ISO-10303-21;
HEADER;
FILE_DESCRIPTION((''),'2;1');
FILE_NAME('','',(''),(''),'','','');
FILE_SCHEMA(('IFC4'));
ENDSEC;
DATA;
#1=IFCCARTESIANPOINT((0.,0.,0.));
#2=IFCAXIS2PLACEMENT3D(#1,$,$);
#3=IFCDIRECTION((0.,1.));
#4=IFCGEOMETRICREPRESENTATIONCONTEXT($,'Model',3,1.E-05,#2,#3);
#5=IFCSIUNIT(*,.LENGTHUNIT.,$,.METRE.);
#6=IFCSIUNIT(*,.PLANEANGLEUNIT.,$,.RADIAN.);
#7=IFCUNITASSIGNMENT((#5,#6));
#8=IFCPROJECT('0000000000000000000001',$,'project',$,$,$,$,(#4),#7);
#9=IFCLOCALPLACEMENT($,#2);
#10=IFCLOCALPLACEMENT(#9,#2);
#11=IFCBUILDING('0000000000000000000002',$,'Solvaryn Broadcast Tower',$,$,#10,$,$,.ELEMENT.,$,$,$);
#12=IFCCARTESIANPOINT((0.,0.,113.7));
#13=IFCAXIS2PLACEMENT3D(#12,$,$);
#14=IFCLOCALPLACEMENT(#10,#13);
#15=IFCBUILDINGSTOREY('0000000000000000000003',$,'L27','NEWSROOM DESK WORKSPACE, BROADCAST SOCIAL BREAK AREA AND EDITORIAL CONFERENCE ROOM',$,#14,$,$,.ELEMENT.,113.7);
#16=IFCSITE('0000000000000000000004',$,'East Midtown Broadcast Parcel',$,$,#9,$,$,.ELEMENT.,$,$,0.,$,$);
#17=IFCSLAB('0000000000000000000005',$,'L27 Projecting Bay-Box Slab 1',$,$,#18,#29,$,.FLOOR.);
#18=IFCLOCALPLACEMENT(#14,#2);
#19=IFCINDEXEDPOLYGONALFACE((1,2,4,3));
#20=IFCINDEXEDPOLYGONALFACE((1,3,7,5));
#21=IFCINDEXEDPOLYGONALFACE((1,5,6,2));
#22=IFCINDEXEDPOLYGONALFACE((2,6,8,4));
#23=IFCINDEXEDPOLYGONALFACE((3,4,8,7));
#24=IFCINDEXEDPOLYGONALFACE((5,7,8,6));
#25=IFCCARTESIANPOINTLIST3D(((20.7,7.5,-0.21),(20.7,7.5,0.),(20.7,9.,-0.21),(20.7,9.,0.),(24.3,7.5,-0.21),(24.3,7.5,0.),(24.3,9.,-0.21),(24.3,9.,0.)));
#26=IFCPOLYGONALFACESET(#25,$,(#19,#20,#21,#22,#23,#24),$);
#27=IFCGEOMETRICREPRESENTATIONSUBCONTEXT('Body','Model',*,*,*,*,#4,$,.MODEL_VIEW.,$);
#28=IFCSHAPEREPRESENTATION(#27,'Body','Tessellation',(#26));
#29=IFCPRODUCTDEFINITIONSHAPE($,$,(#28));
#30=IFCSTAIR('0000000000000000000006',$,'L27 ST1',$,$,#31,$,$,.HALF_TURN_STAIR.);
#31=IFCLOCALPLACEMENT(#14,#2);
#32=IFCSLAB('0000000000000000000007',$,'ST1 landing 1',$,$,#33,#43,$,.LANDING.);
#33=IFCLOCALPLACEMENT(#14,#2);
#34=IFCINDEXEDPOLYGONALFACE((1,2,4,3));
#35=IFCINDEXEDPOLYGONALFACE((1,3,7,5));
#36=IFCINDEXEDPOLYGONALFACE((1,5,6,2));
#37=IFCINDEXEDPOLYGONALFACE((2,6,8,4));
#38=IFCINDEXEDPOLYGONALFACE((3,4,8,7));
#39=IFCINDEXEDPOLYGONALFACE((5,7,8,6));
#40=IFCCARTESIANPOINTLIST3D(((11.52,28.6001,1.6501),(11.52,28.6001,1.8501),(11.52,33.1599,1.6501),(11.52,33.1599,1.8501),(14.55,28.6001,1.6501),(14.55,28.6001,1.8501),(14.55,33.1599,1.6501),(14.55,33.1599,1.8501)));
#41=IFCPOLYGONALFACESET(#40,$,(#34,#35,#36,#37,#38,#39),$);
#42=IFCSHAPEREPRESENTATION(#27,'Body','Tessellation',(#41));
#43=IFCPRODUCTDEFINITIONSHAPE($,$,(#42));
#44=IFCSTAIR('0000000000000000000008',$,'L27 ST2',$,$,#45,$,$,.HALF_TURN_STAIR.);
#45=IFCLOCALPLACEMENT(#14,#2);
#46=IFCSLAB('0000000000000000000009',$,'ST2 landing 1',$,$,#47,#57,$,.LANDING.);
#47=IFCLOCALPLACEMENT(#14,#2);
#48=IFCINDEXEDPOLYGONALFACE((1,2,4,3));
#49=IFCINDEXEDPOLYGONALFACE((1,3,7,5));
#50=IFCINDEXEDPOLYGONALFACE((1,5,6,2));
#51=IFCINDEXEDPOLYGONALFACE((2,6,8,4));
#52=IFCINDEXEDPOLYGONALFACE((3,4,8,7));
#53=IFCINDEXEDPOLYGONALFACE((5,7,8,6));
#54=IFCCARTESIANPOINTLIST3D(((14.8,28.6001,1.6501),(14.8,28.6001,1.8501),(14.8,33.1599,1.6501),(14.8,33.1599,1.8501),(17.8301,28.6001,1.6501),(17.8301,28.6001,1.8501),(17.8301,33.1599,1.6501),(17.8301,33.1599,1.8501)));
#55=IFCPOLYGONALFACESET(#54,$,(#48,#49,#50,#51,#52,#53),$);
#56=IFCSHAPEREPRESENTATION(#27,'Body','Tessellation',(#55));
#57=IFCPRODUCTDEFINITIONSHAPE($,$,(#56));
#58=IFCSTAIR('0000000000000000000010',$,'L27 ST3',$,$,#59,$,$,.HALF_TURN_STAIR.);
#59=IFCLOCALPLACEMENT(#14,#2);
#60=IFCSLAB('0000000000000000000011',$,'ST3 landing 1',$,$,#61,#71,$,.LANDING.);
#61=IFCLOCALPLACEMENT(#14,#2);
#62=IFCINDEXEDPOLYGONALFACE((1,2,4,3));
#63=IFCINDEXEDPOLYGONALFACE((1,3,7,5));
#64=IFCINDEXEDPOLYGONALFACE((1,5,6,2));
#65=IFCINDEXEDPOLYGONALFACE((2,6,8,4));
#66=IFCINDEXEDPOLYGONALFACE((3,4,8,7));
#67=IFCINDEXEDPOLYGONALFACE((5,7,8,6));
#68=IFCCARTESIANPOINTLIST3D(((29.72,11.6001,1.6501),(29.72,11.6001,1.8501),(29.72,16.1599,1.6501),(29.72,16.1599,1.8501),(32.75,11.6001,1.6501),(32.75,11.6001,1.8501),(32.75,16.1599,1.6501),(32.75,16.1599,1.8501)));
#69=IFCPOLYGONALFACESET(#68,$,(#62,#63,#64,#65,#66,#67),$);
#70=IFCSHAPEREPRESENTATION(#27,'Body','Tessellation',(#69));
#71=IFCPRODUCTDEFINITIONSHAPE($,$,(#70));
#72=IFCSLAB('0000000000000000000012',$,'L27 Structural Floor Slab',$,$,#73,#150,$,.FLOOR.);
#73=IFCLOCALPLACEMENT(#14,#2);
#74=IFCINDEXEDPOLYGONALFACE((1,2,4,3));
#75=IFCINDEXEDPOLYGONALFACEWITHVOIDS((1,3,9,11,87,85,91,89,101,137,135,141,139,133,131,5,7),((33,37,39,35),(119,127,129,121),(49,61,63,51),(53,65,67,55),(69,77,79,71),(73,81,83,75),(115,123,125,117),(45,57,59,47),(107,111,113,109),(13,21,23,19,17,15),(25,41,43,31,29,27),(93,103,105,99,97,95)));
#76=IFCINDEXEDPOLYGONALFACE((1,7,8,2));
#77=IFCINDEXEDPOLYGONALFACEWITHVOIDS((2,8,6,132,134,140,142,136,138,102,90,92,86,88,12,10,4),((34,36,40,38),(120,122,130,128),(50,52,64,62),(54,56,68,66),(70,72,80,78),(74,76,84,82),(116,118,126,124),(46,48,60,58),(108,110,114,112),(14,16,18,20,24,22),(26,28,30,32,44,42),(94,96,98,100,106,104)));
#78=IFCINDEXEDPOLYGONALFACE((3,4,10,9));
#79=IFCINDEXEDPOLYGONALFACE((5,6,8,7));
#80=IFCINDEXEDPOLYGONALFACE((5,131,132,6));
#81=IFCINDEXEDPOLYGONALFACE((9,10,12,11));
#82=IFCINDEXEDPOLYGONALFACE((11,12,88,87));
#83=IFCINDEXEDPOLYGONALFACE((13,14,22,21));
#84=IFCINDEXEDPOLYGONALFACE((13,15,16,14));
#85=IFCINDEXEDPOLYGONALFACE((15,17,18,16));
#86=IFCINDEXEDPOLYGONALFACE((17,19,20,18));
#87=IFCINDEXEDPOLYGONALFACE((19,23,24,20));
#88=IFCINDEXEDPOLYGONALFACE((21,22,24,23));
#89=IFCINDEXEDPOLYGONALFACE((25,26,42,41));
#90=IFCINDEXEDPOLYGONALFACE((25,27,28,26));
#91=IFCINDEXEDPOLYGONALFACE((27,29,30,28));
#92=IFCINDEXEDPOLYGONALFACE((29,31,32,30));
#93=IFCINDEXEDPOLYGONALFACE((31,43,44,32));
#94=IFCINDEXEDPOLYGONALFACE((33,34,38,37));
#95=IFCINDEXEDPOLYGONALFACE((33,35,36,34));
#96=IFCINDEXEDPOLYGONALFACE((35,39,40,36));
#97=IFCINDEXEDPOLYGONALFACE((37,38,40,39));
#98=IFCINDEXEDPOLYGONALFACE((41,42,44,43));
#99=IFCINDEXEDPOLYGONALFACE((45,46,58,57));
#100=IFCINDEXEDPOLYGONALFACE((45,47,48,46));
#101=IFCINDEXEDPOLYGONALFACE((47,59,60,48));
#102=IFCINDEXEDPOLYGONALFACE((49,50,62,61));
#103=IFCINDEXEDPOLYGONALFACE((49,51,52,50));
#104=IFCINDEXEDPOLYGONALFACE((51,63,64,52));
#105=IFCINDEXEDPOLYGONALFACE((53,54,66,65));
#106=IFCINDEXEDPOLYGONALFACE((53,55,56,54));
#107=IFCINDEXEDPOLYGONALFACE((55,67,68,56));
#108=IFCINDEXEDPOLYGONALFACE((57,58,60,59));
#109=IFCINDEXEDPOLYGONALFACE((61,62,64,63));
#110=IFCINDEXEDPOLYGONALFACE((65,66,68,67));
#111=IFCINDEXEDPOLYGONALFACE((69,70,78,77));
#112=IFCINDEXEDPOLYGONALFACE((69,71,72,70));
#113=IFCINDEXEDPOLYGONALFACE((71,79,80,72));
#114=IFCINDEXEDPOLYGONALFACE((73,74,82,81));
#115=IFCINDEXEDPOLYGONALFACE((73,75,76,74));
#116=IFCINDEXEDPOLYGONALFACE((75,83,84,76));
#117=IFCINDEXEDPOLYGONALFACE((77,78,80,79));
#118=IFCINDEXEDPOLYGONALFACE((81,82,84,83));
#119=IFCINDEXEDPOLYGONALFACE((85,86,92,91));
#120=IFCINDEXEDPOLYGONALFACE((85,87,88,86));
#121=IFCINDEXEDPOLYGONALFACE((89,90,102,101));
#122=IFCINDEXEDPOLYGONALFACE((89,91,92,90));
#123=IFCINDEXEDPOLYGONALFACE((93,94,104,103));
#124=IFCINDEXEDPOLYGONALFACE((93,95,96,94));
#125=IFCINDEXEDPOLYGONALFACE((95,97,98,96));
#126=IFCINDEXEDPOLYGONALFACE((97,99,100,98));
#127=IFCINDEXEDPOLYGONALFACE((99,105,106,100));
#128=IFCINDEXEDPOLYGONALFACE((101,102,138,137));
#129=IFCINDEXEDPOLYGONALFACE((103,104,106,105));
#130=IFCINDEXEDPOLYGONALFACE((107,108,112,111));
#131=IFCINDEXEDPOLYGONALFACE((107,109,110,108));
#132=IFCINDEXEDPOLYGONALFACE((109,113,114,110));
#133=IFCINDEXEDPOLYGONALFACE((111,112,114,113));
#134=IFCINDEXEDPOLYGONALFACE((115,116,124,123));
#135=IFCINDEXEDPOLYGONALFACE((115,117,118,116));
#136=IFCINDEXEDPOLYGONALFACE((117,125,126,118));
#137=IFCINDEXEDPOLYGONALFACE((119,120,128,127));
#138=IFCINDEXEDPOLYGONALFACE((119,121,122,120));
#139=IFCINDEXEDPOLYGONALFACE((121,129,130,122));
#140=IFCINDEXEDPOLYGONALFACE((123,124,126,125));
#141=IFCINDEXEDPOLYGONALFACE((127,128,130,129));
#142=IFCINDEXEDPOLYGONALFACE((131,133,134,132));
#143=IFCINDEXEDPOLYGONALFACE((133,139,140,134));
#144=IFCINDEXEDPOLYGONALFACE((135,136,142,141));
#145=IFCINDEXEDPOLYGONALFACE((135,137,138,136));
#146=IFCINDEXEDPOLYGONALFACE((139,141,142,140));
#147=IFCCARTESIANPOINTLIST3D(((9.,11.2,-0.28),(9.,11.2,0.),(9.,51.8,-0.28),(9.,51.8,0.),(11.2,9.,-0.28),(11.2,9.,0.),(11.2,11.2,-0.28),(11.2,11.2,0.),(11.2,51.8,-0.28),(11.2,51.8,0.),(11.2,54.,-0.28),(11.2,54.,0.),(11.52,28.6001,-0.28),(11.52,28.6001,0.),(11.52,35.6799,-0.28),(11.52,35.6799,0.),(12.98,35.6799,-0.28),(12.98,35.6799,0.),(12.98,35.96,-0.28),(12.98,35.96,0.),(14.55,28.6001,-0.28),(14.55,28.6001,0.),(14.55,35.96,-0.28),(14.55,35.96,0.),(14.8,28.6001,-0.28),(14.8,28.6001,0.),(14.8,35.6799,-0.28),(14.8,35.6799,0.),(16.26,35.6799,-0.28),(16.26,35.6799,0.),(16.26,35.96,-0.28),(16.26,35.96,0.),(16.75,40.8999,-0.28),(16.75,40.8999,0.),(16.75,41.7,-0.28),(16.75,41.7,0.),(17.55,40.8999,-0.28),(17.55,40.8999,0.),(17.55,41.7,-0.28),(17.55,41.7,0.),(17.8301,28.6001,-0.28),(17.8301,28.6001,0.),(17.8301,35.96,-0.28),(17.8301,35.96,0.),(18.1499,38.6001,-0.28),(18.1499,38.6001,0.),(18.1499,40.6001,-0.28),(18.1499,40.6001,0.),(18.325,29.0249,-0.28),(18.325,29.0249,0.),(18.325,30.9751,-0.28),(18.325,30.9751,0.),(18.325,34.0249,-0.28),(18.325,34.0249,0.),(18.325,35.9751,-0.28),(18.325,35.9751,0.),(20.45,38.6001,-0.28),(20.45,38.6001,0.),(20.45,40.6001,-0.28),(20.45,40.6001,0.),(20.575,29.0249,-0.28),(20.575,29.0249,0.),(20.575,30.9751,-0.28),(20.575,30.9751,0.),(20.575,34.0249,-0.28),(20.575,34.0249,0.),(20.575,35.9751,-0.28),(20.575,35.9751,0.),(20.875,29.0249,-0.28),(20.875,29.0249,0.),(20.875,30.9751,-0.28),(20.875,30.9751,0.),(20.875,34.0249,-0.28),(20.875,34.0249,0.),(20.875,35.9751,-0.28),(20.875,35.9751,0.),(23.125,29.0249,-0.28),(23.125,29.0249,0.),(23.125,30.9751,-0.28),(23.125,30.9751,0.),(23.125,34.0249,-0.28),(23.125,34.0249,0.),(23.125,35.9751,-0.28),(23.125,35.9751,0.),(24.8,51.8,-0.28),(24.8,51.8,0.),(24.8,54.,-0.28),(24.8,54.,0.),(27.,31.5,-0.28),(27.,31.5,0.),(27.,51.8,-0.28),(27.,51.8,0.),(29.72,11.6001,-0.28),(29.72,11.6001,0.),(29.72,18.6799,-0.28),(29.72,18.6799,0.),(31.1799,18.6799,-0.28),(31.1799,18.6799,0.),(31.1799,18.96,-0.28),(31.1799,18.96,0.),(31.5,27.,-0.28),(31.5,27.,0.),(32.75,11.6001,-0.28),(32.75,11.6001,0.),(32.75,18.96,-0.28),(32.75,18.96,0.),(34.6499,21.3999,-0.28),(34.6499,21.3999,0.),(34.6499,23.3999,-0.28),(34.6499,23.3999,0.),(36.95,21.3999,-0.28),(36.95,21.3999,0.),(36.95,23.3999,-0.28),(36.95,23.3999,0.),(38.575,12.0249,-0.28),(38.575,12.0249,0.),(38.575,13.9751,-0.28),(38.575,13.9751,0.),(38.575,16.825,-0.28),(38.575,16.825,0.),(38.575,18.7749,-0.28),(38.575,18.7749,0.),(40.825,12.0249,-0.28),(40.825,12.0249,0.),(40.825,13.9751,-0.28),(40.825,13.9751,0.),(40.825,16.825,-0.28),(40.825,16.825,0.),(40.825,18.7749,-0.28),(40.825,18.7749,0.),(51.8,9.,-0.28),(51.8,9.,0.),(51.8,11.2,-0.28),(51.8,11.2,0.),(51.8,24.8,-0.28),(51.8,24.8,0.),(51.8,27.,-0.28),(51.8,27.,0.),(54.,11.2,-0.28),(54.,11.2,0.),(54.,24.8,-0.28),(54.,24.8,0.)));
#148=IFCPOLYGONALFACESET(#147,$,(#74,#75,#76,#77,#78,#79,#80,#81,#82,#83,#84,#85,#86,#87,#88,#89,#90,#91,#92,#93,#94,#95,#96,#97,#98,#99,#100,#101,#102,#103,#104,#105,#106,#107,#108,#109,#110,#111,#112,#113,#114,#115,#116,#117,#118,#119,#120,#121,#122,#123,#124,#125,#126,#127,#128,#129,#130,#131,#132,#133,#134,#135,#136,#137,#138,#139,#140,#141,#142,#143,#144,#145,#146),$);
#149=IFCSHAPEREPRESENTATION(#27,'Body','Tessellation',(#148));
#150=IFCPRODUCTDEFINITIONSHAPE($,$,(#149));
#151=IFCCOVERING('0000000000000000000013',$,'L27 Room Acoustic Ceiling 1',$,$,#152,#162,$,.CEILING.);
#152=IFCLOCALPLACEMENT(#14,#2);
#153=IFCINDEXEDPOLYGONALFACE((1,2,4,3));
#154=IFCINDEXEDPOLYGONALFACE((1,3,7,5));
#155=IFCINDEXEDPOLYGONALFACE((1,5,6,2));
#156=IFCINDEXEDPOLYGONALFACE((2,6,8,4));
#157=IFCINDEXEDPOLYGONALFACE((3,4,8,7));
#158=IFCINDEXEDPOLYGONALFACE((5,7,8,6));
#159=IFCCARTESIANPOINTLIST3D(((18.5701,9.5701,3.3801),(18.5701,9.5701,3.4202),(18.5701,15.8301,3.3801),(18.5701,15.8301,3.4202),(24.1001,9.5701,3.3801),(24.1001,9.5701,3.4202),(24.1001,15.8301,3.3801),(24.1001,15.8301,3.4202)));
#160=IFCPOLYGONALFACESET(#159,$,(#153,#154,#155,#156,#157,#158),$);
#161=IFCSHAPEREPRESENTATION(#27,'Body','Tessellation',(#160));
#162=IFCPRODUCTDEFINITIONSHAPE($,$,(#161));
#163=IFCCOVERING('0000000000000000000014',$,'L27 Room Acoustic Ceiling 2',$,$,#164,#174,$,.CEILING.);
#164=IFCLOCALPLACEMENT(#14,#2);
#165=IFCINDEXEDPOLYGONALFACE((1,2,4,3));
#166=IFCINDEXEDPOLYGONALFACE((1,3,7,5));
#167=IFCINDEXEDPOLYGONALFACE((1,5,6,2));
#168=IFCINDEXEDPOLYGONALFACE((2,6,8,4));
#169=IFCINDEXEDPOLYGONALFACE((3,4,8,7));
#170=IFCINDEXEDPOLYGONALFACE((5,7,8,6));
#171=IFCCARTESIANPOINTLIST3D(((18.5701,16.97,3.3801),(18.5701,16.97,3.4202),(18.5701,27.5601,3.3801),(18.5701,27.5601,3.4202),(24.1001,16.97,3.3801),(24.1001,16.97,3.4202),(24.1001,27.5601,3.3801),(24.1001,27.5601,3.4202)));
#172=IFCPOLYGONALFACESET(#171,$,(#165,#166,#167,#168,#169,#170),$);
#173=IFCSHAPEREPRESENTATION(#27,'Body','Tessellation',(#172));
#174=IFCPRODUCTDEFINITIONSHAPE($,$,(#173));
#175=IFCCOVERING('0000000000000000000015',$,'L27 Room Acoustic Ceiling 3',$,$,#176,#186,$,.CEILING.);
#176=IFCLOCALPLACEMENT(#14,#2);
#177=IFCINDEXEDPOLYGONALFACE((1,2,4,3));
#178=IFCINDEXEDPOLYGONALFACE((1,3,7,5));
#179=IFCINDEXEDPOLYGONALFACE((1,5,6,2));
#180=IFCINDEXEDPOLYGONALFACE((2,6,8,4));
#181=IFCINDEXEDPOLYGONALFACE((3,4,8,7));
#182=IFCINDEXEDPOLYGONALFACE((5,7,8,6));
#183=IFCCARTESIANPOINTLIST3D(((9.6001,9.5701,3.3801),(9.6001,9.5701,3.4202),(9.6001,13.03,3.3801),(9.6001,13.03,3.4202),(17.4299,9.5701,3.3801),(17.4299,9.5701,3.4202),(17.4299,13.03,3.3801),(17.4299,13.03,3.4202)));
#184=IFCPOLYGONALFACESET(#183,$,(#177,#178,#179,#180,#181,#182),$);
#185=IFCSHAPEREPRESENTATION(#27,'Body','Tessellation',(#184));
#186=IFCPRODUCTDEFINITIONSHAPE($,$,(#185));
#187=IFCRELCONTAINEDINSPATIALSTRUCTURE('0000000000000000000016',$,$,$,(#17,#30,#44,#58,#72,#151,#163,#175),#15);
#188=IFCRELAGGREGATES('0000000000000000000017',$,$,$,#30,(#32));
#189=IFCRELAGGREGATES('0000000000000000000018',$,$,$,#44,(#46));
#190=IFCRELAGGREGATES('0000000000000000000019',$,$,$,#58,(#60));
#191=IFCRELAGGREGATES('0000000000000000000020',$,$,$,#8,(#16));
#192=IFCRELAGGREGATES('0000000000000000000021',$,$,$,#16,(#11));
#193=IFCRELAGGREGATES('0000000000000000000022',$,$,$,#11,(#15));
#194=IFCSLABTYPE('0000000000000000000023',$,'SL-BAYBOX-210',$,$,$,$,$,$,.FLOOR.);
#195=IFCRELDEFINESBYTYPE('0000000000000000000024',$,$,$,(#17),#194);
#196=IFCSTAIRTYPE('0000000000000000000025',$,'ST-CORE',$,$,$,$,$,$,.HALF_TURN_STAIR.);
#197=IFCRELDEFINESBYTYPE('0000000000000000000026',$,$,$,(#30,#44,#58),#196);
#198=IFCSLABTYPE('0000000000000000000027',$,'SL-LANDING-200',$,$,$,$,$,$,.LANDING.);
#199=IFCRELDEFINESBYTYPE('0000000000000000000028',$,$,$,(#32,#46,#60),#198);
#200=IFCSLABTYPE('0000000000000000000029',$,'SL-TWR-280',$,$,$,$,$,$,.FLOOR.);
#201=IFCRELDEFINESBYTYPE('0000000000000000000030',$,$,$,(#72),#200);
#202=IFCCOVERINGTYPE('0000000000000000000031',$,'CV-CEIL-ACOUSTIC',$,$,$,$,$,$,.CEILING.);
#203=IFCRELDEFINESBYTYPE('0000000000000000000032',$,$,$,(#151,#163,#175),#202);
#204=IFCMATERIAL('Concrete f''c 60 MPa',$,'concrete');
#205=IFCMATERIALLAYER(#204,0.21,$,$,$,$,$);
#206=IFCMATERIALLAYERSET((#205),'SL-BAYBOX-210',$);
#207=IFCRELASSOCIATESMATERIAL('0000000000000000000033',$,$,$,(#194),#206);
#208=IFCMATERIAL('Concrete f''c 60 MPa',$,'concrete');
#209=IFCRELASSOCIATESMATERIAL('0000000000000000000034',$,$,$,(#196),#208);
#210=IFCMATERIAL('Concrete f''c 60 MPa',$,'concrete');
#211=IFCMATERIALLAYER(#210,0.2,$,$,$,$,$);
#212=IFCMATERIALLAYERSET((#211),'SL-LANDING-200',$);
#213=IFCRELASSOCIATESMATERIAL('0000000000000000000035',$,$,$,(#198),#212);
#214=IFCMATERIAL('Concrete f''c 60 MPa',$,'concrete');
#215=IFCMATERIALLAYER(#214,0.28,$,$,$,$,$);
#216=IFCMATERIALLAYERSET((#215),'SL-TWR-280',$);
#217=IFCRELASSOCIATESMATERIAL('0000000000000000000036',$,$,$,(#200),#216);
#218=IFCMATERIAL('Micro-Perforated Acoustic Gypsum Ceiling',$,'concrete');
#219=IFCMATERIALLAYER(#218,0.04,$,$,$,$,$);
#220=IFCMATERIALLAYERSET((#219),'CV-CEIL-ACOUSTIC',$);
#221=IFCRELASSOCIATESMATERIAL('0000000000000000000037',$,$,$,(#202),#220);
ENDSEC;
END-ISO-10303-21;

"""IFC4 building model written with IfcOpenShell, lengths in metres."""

from ifc_helpers import new_model, si_unit, direction, frame, origin, place, context, subcontext, project, spatial, polyline, outline, extrude, material, layer, layer_set, type_object, element, aggregate, save


model = new_model("IFC4")

# Units and contexts
model_context = context("Model", 3, precision=1e-05, world=origin(), true_north=direction((0.0, 1.0)))
body_context = subcontext(model_context, "Body", "Model", "MODEL_VIEW")
ifc_project = project(units=[si_unit("LENGTHUNIT", "METRE"), si_unit("PLANEANGLEUNIT", "RADIAN")], contexts=[model_context])

# Site, building, storey
site_placement = place(None, origin())
site = spatial("IfcSite", under=ifc_project, at=site_placement, Name="East Midtown Broadcast Parcel", CompositionType="ELEMENT", RefElevation=0.0)
building_placement = place(site_placement, origin())
building = spatial("IfcBuilding", under=site, at=building_placement, Name="Solvaryn Broadcast Tower", CompositionType="ELEMENT")
storey_placement = place(building_placement, frame((0.0, 0.0, 113.7)))
storey = spatial("IfcBuildingStorey", under=building, at=storey_placement, Name="L27", Description="NEWSROOM DESK WORKSPACE, BROADCAST SOCIAL BREAK AREA AND EDITORIAL CONFERENCE ROOM", CompositionType="ELEMENT", Elevation=113.7)

# Slab
ifc_material_1 = material(Name="Concrete f'c 60 MPa", Category="concrete")
ifc_layer_1 = layer(ifc_material_1, 0.21)
ifc_layer_set_1 = layer_set([ifc_layer_1], Name="SL-BAYBOX-210")
slab_type_1 = type_object("IfcSlabType", Name="SL-BAYBOX-210", PredefinedType="FLOOR", material=ifc_layer_set_1)
slab_1_placement = place(storey_placement, frame((0.0, 0.0, -0.21)))
element("IfcSlab", 1, at=slab_1_placement, inside=storey, type_object=slab_type_1, Name="L27 Projecting Bay-Box Slab 1", PredefinedType="FLOOR", context=body_context, shape_type="SweptSolid", body=[
    extrude(outline(polyline([(20.7, 7.5), (24.3, 7.5), (24.3, 9.0), (20.7, 9.0), (20.7, 7.5)])), origin(), (0.0, 0.0, 1.0), 0.21),
])

# Stairs, slabs
ifc_material_2 = material(Name="Concrete f'c 60 MPa", Category="concrete")
stair_type = type_object("IfcStairType", Name="ST-CORE", PredefinedType="HALF_TURN_STAIR", material=ifc_material_2)
stair_1_placement = place(storey_placement, origin())
stair_1 = element("IfcStair", 2, at=stair_1_placement, inside=storey, type_object=stair_type, Name="L27 ST1", PredefinedType="HALF_TURN_STAIR")
ifc_material_3 = material(Name="Concrete f'c 60 MPa", Category="concrete")
ifc_layer_2 = layer(ifc_material_3, 0.2)
ifc_layer_set_2 = layer_set([ifc_layer_2], Name="SL-LANDING-200")
slab_type_2 = type_object("IfcSlabType", Name="SL-LANDING-200", PredefinedType="LANDING", material=ifc_layer_set_2)
slab_2_placement = place(storey_placement, frame((0.0, 0.0, 1.6501)))
slab_2 = element("IfcSlab", 3, at=slab_2_placement, type_object=slab_type_2, Name="ST1 landing 1", PredefinedType="LANDING", context=body_context, shape_type="SweptSolid", body=[
    extrude(outline(polyline([(11.52, 33.1599), (11.52, 28.6001), (14.55, 28.6001), (14.55, 33.1599), (11.52, 33.1599)])), origin(), (0.0, 0.0, 1.0), 0.2),
])
aggregate(stair_1, [slab_2])
stair_2_placement = place(storey_placement, origin())
stair_2 = element("IfcStair", 4, at=stair_2_placement, inside=storey, type_object=stair_type, Name="L27 ST2", PredefinedType="HALF_TURN_STAIR")
slab_3_placement = place(storey_placement, frame((0.0, 0.0, 1.6501)))
slab_3 = element("IfcSlab", 5, at=slab_3_placement, type_object=slab_type_2, Name="ST2 landing 1", PredefinedType="LANDING", context=body_context, shape_type="SweptSolid", body=[
    extrude(outline(polyline([(14.8, 33.1599), (14.8, 28.6001), (17.8301, 28.6001), (17.8301, 33.1599), (14.8, 33.1599)])), origin(), (0.0, 0.0, 1.0), 0.2),
])
aggregate(stair_2, [slab_3])
stair_3_placement = place(storey_placement, origin())
stair_3 = element("IfcStair", 6, at=stair_3_placement, inside=storey, type_object=stair_type, Name="L27 ST3", PredefinedType="HALF_TURN_STAIR")
slab_4_placement = place(storey_placement, frame((0.0, 0.0, 1.6501)))
slab_4 = element("IfcSlab", 7, at=slab_4_placement, type_object=slab_type_2, Name="ST3 landing 1", PredefinedType="LANDING", context=body_context, shape_type="SweptSolid", body=[
    extrude(outline(polyline([(29.72, 16.1599), (29.72, 11.6001), (32.75, 11.6001), (32.75, 16.1599), (29.72, 16.1599)])), origin(), (0.0, 0.0, 1.0), 0.2),
])
aggregate(stair_3, [slab_4])

# Slab
ifc_material_4 = material(Name="Concrete f'c 60 MPa", Category="concrete")
ifc_layer_3 = layer(ifc_material_4, 0.28)
ifc_layer_set_3 = layer_set([ifc_layer_3], Name="SL-TWR-280")
slab_type_3 = type_object("IfcSlabType", Name="SL-TWR-280", PredefinedType="FLOOR", material=ifc_layer_set_3)
slab_5_placement = place(storey_placement, frame((0.0, 0.0, -0.28)))
element("IfcSlab", 8, at=slab_5_placement, inside=storey, type_object=slab_type_3, Name="L27 Structural Floor Slab", PredefinedType="FLOOR", context=body_context, shape_type="SweptSolid", body=[
    extrude(outline(polyline([(11.2, 9.0), (51.8, 9.0), (51.8, 11.2), (54.0, 11.2), (54.0, 24.8), (51.8, 24.8), (51.8, 27.0), (31.5, 27.0), (27.0, 31.5), (27.0, 51.8), (24.8, 51.8), (24.8, 54.0), (11.2, 54.0), (11.2, 51.8), (9.0, 51.8), (9.0, 11.2), (11.2, 11.2), (11.2, 9.0)]), holes=[polyline([(11.52, 28.6001), (14.55, 28.6001), (14.55, 35.96), (12.98, 35.96), (12.98, 35.6799), (11.52, 35.6799), (11.52, 28.6001)]), polyline([(14.8, 28.6001), (17.8301, 28.6001), (17.8301, 35.96), (16.26, 35.96), (16.26, 35.6799), (14.8, 35.6799), (14.8, 28.6001)]), polyline([(29.72, 11.6001), (32.75, 11.6001), (32.75, 18.96), (31.1799, 18.96), (31.1799, 18.6799), (29.72, 18.6799), (29.72, 11.6001)]), polyline([(18.1499, 38.6001), (20.45, 38.6001), (20.45, 40.6001), (18.1499, 40.6001), (18.1499, 38.6001)]), polyline([(18.325, 29.0249), (20.575, 29.0249), (20.575, 30.9751), (18.325, 30.9751), (18.325, 29.0249)]), polyline([(20.875, 29.0249), (23.125, 29.0249), (23.125, 30.9751), (20.875, 30.9751), (20.875, 29.0249)]), polyline([(18.325, 34.0249), (20.575, 34.0249), (20.575, 35.9751), (18.325, 35.9751), (18.325, 34.0249)]), polyline([(20.875, 34.0249), (23.125, 34.0249), (23.125, 35.9751), (20.875, 35.9751), (20.875, 34.0249)]), polyline([(34.6499, 21.3999), (36.95, 21.3999), (36.95, 23.3999), (34.6499, 23.3999), (34.6499, 21.3999)]), polyline([(38.575, 12.0249), (40.825, 12.0249), (40.825, 13.9751), (38.575, 13.9751), (38.575, 12.0249)]), polyline([(38.575, 16.825), (40.825, 16.825), (40.825, 18.7749), (38.575, 18.7749), (38.575, 16.825)]), polyline([(16.75, 40.8999), (17.55, 40.8999), (17.55, 41.7), (16.75, 41.7), (16.75, 40.8999)])]), origin(), (0.0, 0.0, 1.0), 0.28),
])

# Coverings
ifc_material_5 = material(Name="Micro-Perforated Acoustic Gypsum Ceiling", Category="concrete")
ifc_layer_4 = layer(ifc_material_5, 0.04)
ifc_layer_set_4 = layer_set([ifc_layer_4], Name="CV-CEIL-ACOUSTIC")
covering_type_1 = type_object("IfcCoveringType", Name="CV-CEIL-ACOUSTIC", PredefinedType="CEILING", material=ifc_layer_set_4)
covering_1_placement = place(storey_placement, frame((0.0, 0.0, 3.3801)))
element("IfcCovering", 9, at=covering_1_placement, inside=storey, type_object=covering_type_1, Name="L27 Room Acoustic Ceiling 1", PredefinedType="CEILING", context=body_context, shape_type="SweptSolid", body=[
    extrude(outline(polyline([(18.5701, 9.5701), (24.1001, 9.5701), (24.1001, 15.8301), (18.5701, 15.8301), (18.5701, 9.5701)])), origin(), (0.0, 0.0, 1.0), 0.04),
])
covering_2_placement = place(storey_placement, frame((0.0, 0.0, 3.3801)))
element("IfcCovering", 10, at=covering_2_placement, inside=storey, type_object=covering_type_1, Name="L27 Room Acoustic Ceiling 2", PredefinedType="CEILING", context=body_context, shape_type="SweptSolid", body=[
    extrude(outline(polyline([(18.5701, 16.97), (24.1001, 16.97), (24.1001, 27.5601), (18.5701, 27.5601), (18.5701, 16.97)])), origin(), (0.0, 0.0, 1.0), 0.04),
])
covering_3_placement = place(storey_placement, frame((0.0, 0.0, 3.3801)))
element("IfcCovering", 11, at=covering_3_placement, inside=storey, type_object=covering_type_1, Name="L27 Room Acoustic Ceiling 3", PredefinedType="CEILING", context=body_context, shape_type="SweptSolid", body=[
    extrude(outline(polyline([(9.6001, 9.5701), (17.4299, 9.5701), (17.4299, 13.03), (9.6001, 13.03), (9.6001, 9.5701)])), origin(), (0.0, 0.0, 1.0), 0.04),
])

save(model, "model.ifc")
